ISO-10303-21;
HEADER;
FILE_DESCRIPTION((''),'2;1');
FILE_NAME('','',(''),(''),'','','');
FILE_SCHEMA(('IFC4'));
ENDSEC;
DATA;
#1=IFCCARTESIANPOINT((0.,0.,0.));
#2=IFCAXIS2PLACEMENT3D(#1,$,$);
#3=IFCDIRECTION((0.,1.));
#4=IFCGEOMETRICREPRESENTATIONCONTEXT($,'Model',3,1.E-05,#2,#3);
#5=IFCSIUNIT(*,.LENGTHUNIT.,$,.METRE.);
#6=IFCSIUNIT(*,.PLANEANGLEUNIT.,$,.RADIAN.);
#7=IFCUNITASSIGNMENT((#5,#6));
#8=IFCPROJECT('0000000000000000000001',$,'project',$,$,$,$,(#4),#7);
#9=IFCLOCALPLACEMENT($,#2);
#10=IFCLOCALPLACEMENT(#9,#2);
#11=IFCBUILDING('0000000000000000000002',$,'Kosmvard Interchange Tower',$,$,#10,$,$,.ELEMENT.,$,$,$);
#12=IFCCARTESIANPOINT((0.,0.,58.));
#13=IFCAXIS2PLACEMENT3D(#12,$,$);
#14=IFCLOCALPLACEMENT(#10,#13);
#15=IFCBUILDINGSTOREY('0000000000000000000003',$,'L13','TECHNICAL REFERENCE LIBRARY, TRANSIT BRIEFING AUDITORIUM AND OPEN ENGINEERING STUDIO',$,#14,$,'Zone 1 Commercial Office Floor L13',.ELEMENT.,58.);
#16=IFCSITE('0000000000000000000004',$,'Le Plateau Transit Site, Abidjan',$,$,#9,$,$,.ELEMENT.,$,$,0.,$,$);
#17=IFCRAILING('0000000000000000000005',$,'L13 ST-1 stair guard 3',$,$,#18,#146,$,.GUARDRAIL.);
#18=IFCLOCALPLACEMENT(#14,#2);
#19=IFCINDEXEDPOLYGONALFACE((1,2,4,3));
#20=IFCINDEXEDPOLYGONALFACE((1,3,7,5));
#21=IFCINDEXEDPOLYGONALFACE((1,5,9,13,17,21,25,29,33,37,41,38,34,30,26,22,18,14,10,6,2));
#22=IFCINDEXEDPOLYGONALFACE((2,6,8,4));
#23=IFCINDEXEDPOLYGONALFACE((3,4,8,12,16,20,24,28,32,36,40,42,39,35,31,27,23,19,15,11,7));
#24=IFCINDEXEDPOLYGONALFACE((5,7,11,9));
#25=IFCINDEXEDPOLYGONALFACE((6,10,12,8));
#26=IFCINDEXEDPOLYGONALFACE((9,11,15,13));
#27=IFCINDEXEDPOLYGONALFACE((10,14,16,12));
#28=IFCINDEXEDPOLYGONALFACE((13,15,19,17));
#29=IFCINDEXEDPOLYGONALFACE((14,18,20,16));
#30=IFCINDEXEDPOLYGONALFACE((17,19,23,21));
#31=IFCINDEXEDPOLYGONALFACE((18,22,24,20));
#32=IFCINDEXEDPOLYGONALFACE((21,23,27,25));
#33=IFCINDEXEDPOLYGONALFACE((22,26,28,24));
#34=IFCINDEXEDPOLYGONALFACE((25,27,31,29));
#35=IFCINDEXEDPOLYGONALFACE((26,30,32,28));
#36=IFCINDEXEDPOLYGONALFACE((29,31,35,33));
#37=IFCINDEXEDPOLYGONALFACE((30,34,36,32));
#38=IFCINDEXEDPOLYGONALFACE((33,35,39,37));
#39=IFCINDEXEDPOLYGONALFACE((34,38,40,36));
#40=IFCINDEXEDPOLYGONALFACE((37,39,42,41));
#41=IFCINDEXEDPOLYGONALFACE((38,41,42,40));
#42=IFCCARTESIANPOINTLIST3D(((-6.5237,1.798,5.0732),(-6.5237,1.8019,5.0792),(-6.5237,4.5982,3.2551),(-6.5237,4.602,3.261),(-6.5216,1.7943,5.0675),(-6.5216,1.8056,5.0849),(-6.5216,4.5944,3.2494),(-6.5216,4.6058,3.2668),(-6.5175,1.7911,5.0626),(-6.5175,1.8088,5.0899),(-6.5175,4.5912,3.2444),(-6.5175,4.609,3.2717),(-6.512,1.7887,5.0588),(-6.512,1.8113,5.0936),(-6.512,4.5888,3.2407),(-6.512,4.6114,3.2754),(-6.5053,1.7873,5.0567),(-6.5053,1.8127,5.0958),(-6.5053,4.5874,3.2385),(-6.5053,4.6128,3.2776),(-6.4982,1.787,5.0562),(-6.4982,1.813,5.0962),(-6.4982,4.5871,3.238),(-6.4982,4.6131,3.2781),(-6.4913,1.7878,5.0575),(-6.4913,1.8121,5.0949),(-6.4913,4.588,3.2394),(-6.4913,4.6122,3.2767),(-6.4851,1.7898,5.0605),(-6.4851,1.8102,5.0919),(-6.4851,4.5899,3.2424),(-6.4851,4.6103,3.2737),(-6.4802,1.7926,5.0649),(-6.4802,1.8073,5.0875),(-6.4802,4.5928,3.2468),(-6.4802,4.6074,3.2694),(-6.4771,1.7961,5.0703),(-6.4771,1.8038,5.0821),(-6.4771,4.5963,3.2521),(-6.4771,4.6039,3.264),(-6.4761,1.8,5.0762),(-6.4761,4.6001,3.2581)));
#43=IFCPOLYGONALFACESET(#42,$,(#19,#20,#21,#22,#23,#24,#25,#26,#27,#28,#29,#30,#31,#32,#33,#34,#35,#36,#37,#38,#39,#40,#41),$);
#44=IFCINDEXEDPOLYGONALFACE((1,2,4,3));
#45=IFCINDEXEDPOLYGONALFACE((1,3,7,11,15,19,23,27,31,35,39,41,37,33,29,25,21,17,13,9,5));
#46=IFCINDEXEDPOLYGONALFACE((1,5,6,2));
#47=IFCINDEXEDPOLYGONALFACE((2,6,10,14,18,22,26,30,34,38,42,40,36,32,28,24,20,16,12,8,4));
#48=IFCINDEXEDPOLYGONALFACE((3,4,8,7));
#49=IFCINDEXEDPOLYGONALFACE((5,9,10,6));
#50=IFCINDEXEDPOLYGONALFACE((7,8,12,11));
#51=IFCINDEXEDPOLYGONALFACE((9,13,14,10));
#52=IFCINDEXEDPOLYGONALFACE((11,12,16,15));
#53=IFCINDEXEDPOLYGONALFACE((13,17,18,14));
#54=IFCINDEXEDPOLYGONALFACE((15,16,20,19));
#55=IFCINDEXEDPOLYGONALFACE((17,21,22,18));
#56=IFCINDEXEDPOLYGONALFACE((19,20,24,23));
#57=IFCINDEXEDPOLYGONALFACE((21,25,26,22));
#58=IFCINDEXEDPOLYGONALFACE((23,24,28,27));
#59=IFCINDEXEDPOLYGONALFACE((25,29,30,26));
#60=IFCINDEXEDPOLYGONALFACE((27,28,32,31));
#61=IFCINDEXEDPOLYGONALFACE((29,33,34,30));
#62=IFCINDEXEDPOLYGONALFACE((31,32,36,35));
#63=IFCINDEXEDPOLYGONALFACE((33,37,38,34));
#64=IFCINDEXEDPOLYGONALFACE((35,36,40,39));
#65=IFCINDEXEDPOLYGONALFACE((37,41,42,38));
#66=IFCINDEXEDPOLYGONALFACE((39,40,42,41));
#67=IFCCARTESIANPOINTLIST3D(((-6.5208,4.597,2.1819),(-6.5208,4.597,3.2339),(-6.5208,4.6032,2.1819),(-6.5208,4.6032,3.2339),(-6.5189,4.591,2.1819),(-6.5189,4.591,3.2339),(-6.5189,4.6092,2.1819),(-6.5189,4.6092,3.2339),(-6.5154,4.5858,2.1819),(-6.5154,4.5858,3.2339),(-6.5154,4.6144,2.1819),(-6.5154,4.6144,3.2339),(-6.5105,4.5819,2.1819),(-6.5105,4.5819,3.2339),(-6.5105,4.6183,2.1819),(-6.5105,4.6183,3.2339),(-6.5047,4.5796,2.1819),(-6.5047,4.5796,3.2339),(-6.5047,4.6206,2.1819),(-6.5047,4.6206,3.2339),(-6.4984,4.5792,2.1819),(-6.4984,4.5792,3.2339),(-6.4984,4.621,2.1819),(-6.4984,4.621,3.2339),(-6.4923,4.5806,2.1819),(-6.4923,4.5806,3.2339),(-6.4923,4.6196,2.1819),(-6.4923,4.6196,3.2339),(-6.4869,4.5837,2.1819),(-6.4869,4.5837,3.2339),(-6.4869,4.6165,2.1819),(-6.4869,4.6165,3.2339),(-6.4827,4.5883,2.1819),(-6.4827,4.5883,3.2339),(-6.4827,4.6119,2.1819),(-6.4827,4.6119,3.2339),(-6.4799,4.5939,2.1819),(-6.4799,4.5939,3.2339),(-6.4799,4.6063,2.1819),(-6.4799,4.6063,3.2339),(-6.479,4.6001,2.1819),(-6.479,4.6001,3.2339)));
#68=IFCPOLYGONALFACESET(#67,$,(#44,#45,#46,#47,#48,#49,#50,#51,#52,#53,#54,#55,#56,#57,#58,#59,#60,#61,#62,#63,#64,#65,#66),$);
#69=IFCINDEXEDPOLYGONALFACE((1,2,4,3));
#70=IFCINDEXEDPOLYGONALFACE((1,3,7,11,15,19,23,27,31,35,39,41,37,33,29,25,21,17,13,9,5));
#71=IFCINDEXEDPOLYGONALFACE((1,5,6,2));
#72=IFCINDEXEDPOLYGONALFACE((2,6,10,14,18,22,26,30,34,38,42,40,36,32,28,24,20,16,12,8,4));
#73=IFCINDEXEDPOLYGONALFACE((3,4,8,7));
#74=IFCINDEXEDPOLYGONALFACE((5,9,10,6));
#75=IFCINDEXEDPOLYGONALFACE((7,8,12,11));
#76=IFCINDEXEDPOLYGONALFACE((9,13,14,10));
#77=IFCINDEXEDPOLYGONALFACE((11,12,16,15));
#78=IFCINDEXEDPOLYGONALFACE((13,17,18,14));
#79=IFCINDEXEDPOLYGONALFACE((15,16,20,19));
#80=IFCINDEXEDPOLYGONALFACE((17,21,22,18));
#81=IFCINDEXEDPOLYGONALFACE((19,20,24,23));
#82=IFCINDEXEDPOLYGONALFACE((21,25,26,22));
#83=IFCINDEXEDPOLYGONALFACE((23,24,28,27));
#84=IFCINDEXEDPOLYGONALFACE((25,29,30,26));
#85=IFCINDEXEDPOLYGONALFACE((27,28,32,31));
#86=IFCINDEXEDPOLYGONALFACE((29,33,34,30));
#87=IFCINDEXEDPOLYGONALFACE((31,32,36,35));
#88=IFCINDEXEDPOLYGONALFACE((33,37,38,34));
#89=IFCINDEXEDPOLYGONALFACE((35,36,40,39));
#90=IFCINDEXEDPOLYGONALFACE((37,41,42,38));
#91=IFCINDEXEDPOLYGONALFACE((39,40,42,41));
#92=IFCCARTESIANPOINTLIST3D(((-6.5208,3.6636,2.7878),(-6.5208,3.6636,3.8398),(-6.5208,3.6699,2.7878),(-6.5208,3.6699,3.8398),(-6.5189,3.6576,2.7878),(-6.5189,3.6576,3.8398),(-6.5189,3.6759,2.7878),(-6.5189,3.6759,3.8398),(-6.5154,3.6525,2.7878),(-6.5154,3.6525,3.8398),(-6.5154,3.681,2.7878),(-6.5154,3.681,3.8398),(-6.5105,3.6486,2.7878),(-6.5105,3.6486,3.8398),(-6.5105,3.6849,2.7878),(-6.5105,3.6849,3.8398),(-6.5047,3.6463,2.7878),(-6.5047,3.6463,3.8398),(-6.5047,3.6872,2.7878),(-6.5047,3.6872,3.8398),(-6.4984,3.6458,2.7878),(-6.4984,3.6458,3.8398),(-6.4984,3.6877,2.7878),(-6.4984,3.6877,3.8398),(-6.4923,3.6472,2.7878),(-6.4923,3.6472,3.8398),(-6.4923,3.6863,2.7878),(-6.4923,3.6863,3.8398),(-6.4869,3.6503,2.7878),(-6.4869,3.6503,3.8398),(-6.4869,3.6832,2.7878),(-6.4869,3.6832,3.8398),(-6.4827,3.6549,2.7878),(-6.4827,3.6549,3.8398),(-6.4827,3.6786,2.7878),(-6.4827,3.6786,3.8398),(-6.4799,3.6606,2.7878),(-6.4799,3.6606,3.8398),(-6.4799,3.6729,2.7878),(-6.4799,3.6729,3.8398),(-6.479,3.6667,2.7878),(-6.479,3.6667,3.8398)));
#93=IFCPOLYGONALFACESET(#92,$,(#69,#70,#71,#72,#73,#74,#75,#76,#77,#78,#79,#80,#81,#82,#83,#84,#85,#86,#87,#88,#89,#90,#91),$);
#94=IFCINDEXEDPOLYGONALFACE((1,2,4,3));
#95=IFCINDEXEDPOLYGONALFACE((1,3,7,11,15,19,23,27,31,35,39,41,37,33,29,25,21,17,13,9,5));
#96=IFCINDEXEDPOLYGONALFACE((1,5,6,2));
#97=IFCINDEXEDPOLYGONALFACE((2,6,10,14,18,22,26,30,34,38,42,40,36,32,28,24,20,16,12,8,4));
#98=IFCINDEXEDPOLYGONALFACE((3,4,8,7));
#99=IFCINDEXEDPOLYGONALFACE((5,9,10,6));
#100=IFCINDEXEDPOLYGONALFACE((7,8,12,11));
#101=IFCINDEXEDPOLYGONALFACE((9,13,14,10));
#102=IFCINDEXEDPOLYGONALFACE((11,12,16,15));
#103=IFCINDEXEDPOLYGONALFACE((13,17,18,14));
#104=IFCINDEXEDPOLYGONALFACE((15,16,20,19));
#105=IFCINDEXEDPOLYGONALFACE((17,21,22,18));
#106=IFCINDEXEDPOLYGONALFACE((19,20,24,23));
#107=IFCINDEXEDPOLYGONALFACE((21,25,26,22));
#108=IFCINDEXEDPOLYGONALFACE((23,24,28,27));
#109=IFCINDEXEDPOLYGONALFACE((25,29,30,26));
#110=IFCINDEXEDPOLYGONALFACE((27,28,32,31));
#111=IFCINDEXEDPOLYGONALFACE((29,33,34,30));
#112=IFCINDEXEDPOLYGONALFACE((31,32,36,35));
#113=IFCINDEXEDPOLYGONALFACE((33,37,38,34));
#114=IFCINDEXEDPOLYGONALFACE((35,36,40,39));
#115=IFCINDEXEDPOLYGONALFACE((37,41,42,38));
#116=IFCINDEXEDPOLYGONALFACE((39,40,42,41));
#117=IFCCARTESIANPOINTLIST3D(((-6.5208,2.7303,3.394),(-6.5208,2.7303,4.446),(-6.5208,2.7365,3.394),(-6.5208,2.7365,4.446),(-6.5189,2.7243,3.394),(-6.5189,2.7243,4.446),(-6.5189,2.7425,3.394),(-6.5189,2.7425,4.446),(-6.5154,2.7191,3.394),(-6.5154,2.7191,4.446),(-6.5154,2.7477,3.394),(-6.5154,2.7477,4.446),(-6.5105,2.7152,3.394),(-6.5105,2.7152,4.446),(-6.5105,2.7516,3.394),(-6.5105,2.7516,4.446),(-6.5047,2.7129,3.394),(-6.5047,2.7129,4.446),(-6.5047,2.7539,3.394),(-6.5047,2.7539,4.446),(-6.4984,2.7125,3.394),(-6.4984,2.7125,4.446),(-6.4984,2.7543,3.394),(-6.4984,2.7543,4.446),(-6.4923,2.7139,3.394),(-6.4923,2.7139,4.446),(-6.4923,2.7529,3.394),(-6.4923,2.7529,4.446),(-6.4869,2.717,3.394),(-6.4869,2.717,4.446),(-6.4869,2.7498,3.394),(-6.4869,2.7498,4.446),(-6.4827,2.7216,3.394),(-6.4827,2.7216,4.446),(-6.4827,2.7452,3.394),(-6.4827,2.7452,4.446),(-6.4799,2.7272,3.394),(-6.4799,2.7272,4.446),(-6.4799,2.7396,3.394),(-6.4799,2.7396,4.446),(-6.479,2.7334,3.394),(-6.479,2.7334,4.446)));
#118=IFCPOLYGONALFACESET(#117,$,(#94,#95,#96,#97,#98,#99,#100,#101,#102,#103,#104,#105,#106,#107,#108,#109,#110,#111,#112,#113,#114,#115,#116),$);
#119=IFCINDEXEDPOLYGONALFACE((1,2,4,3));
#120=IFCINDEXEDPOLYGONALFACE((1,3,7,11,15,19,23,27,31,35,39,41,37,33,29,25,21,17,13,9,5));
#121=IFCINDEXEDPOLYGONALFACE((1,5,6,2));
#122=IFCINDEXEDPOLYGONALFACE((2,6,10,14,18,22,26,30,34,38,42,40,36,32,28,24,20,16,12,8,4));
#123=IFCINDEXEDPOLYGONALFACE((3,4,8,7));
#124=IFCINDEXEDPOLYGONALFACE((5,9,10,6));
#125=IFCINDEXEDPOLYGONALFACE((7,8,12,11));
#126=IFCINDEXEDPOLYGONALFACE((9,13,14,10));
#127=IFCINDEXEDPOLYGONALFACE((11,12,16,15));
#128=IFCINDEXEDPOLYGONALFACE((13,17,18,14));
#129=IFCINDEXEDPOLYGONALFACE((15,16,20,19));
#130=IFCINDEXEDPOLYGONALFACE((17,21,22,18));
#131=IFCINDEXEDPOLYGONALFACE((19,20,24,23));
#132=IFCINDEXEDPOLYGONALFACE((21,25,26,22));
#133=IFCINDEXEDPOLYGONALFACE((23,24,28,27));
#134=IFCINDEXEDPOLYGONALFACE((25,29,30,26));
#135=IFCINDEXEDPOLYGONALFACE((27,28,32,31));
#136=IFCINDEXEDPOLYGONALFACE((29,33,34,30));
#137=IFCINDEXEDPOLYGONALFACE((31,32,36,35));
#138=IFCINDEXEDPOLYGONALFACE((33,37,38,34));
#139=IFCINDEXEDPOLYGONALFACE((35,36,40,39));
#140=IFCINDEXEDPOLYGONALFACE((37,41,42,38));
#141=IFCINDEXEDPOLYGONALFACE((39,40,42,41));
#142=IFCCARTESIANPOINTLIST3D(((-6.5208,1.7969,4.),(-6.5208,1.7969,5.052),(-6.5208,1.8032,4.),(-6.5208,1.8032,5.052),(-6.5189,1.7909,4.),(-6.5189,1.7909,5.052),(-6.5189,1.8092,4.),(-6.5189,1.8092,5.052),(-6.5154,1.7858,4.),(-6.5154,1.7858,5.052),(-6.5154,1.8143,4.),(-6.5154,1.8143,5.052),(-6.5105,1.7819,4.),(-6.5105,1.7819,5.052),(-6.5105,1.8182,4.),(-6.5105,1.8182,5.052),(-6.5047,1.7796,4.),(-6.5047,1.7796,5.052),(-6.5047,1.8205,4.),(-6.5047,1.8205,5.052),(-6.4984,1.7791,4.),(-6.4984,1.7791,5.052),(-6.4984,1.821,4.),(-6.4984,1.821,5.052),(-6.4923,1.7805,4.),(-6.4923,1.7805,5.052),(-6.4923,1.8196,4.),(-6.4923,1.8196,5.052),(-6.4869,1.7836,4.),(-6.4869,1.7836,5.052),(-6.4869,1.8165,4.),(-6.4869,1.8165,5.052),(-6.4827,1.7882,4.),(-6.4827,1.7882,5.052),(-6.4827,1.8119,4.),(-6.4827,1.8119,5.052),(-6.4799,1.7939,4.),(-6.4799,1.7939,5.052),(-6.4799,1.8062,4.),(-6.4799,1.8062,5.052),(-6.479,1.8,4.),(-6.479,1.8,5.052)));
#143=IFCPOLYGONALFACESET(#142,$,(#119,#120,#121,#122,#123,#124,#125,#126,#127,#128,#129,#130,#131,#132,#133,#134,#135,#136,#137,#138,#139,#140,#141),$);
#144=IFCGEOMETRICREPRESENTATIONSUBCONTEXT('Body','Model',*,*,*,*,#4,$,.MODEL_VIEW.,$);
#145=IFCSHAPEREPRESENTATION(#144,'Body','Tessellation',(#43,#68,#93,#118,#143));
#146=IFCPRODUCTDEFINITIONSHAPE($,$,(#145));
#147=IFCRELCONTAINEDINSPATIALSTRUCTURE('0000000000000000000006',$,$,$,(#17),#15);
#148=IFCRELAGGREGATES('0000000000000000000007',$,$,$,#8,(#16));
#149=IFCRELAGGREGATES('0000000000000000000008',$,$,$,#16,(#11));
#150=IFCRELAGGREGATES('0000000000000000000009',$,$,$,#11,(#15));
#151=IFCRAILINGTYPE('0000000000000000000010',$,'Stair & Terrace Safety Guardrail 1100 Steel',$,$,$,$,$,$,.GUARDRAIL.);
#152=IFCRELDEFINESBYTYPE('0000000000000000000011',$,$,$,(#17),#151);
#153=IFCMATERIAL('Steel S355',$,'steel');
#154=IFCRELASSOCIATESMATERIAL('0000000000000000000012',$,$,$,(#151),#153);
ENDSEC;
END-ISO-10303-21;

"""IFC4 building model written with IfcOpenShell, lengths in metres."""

from ifc_helpers import new_model, si_unit, direction, frame, origin, origin_2d, place, context, subcontext, project, spatial, circle, extrude, source, transform, mapped, material, type_object, element, save


model = new_model("IFC4")

# Units and contexts
model_context = context("Model", 3, precision=1e-05, world=origin(), true_north=direction((0.0, 1.0)))
body_context = subcontext(model_context, "Body", "Model", "MODEL_VIEW")
ifc_project = project(units=[si_unit("LENGTHUNIT", "METRE"), si_unit("PLANEANGLEUNIT", "RADIAN")], contexts=[model_context])

# Site, building, storey
site_placement = place(None, origin())
site = spatial("IfcSite", under=ifc_project, at=site_placement, Name="Le Plateau Transit Site, Abidjan", CompositionType="ELEMENT", RefElevation=0.0)
building_placement = place(site_placement, origin())
building = spatial("IfcBuilding", under=site, at=building_placement, Name="Kosmvard Interchange Tower", CompositionType="ELEMENT")
storey_placement = place(building_placement, frame((0.0, 0.0, 58.0)))
storey = spatial("IfcBuildingStorey", under=building, at=storey_placement, Name="L13", Description="TECHNICAL REFERENCE LIBRARY, TRANSIT BRIEFING AUDITORIUM AND OPEN ENGINEERING STUDIO", LongName="Zone 1 Commercial Office Floor L13", CompositionType="ELEMENT", Elevation=58.0)

# Shared definitions
ifc_material_1 = material(Name="Steel S355", Category="steel")

# Railing
railing_type_1 = type_object("IfcRailingType", Name="Stair & Terrace Safety Guardrail 1100 Steel", PredefinedType="GUARDRAIL", material=ifc_material_1)
shared_shape_1 = source(origin(), body_context, "Body", "SweptSolid", [
    extrude(circle(Radius=0.0239, at=origin_2d()), frame((0.0, 0.0, 1.0762), z_axis=(0.0, -0.838706, 0.544585), x_axis=(1.0, 0.0, 0.0)), (0.0, 0.0, 1.0), 3.3386),
    extrude(circle(Radius=0.021, at=origin_2d()), origin(), (0.0, 0.0, 1.0), 1.052),
    extrude(circle(Radius=0.021, at=origin_2d()), frame((0.0, -0.9333, 0.606)), (0.0, 0.0, 1.0), 1.052),
    extrude(circle(Radius=0.021, at=origin_2d()), frame((0.0, -1.8667, 1.2122)), (0.0, 0.0, 1.0), 1.052),
    extrude(circle(Radius=0.021, at=origin_2d()), frame((0.0, -2.8, 1.8181)), (0.0, 0.0, 1.0), 1.052),
])
railing_1_placement = place(storey_placement, frame((-6.5, 4.6001, 2.1819)))
element("IfcRailing", 1, at=railing_1_placement, inside=storey, type_object=railing_type_1, Name="L13 ST-1 stair guard 3", PredefinedType="GUARDRAIL", context=body_context, shape_type="MappedRepresentation", body=[
    mapped(shared_shape_1, transform((0.0, 0.0, 0.0), scale=1.0)),
])

save(model, "model.ifc")
